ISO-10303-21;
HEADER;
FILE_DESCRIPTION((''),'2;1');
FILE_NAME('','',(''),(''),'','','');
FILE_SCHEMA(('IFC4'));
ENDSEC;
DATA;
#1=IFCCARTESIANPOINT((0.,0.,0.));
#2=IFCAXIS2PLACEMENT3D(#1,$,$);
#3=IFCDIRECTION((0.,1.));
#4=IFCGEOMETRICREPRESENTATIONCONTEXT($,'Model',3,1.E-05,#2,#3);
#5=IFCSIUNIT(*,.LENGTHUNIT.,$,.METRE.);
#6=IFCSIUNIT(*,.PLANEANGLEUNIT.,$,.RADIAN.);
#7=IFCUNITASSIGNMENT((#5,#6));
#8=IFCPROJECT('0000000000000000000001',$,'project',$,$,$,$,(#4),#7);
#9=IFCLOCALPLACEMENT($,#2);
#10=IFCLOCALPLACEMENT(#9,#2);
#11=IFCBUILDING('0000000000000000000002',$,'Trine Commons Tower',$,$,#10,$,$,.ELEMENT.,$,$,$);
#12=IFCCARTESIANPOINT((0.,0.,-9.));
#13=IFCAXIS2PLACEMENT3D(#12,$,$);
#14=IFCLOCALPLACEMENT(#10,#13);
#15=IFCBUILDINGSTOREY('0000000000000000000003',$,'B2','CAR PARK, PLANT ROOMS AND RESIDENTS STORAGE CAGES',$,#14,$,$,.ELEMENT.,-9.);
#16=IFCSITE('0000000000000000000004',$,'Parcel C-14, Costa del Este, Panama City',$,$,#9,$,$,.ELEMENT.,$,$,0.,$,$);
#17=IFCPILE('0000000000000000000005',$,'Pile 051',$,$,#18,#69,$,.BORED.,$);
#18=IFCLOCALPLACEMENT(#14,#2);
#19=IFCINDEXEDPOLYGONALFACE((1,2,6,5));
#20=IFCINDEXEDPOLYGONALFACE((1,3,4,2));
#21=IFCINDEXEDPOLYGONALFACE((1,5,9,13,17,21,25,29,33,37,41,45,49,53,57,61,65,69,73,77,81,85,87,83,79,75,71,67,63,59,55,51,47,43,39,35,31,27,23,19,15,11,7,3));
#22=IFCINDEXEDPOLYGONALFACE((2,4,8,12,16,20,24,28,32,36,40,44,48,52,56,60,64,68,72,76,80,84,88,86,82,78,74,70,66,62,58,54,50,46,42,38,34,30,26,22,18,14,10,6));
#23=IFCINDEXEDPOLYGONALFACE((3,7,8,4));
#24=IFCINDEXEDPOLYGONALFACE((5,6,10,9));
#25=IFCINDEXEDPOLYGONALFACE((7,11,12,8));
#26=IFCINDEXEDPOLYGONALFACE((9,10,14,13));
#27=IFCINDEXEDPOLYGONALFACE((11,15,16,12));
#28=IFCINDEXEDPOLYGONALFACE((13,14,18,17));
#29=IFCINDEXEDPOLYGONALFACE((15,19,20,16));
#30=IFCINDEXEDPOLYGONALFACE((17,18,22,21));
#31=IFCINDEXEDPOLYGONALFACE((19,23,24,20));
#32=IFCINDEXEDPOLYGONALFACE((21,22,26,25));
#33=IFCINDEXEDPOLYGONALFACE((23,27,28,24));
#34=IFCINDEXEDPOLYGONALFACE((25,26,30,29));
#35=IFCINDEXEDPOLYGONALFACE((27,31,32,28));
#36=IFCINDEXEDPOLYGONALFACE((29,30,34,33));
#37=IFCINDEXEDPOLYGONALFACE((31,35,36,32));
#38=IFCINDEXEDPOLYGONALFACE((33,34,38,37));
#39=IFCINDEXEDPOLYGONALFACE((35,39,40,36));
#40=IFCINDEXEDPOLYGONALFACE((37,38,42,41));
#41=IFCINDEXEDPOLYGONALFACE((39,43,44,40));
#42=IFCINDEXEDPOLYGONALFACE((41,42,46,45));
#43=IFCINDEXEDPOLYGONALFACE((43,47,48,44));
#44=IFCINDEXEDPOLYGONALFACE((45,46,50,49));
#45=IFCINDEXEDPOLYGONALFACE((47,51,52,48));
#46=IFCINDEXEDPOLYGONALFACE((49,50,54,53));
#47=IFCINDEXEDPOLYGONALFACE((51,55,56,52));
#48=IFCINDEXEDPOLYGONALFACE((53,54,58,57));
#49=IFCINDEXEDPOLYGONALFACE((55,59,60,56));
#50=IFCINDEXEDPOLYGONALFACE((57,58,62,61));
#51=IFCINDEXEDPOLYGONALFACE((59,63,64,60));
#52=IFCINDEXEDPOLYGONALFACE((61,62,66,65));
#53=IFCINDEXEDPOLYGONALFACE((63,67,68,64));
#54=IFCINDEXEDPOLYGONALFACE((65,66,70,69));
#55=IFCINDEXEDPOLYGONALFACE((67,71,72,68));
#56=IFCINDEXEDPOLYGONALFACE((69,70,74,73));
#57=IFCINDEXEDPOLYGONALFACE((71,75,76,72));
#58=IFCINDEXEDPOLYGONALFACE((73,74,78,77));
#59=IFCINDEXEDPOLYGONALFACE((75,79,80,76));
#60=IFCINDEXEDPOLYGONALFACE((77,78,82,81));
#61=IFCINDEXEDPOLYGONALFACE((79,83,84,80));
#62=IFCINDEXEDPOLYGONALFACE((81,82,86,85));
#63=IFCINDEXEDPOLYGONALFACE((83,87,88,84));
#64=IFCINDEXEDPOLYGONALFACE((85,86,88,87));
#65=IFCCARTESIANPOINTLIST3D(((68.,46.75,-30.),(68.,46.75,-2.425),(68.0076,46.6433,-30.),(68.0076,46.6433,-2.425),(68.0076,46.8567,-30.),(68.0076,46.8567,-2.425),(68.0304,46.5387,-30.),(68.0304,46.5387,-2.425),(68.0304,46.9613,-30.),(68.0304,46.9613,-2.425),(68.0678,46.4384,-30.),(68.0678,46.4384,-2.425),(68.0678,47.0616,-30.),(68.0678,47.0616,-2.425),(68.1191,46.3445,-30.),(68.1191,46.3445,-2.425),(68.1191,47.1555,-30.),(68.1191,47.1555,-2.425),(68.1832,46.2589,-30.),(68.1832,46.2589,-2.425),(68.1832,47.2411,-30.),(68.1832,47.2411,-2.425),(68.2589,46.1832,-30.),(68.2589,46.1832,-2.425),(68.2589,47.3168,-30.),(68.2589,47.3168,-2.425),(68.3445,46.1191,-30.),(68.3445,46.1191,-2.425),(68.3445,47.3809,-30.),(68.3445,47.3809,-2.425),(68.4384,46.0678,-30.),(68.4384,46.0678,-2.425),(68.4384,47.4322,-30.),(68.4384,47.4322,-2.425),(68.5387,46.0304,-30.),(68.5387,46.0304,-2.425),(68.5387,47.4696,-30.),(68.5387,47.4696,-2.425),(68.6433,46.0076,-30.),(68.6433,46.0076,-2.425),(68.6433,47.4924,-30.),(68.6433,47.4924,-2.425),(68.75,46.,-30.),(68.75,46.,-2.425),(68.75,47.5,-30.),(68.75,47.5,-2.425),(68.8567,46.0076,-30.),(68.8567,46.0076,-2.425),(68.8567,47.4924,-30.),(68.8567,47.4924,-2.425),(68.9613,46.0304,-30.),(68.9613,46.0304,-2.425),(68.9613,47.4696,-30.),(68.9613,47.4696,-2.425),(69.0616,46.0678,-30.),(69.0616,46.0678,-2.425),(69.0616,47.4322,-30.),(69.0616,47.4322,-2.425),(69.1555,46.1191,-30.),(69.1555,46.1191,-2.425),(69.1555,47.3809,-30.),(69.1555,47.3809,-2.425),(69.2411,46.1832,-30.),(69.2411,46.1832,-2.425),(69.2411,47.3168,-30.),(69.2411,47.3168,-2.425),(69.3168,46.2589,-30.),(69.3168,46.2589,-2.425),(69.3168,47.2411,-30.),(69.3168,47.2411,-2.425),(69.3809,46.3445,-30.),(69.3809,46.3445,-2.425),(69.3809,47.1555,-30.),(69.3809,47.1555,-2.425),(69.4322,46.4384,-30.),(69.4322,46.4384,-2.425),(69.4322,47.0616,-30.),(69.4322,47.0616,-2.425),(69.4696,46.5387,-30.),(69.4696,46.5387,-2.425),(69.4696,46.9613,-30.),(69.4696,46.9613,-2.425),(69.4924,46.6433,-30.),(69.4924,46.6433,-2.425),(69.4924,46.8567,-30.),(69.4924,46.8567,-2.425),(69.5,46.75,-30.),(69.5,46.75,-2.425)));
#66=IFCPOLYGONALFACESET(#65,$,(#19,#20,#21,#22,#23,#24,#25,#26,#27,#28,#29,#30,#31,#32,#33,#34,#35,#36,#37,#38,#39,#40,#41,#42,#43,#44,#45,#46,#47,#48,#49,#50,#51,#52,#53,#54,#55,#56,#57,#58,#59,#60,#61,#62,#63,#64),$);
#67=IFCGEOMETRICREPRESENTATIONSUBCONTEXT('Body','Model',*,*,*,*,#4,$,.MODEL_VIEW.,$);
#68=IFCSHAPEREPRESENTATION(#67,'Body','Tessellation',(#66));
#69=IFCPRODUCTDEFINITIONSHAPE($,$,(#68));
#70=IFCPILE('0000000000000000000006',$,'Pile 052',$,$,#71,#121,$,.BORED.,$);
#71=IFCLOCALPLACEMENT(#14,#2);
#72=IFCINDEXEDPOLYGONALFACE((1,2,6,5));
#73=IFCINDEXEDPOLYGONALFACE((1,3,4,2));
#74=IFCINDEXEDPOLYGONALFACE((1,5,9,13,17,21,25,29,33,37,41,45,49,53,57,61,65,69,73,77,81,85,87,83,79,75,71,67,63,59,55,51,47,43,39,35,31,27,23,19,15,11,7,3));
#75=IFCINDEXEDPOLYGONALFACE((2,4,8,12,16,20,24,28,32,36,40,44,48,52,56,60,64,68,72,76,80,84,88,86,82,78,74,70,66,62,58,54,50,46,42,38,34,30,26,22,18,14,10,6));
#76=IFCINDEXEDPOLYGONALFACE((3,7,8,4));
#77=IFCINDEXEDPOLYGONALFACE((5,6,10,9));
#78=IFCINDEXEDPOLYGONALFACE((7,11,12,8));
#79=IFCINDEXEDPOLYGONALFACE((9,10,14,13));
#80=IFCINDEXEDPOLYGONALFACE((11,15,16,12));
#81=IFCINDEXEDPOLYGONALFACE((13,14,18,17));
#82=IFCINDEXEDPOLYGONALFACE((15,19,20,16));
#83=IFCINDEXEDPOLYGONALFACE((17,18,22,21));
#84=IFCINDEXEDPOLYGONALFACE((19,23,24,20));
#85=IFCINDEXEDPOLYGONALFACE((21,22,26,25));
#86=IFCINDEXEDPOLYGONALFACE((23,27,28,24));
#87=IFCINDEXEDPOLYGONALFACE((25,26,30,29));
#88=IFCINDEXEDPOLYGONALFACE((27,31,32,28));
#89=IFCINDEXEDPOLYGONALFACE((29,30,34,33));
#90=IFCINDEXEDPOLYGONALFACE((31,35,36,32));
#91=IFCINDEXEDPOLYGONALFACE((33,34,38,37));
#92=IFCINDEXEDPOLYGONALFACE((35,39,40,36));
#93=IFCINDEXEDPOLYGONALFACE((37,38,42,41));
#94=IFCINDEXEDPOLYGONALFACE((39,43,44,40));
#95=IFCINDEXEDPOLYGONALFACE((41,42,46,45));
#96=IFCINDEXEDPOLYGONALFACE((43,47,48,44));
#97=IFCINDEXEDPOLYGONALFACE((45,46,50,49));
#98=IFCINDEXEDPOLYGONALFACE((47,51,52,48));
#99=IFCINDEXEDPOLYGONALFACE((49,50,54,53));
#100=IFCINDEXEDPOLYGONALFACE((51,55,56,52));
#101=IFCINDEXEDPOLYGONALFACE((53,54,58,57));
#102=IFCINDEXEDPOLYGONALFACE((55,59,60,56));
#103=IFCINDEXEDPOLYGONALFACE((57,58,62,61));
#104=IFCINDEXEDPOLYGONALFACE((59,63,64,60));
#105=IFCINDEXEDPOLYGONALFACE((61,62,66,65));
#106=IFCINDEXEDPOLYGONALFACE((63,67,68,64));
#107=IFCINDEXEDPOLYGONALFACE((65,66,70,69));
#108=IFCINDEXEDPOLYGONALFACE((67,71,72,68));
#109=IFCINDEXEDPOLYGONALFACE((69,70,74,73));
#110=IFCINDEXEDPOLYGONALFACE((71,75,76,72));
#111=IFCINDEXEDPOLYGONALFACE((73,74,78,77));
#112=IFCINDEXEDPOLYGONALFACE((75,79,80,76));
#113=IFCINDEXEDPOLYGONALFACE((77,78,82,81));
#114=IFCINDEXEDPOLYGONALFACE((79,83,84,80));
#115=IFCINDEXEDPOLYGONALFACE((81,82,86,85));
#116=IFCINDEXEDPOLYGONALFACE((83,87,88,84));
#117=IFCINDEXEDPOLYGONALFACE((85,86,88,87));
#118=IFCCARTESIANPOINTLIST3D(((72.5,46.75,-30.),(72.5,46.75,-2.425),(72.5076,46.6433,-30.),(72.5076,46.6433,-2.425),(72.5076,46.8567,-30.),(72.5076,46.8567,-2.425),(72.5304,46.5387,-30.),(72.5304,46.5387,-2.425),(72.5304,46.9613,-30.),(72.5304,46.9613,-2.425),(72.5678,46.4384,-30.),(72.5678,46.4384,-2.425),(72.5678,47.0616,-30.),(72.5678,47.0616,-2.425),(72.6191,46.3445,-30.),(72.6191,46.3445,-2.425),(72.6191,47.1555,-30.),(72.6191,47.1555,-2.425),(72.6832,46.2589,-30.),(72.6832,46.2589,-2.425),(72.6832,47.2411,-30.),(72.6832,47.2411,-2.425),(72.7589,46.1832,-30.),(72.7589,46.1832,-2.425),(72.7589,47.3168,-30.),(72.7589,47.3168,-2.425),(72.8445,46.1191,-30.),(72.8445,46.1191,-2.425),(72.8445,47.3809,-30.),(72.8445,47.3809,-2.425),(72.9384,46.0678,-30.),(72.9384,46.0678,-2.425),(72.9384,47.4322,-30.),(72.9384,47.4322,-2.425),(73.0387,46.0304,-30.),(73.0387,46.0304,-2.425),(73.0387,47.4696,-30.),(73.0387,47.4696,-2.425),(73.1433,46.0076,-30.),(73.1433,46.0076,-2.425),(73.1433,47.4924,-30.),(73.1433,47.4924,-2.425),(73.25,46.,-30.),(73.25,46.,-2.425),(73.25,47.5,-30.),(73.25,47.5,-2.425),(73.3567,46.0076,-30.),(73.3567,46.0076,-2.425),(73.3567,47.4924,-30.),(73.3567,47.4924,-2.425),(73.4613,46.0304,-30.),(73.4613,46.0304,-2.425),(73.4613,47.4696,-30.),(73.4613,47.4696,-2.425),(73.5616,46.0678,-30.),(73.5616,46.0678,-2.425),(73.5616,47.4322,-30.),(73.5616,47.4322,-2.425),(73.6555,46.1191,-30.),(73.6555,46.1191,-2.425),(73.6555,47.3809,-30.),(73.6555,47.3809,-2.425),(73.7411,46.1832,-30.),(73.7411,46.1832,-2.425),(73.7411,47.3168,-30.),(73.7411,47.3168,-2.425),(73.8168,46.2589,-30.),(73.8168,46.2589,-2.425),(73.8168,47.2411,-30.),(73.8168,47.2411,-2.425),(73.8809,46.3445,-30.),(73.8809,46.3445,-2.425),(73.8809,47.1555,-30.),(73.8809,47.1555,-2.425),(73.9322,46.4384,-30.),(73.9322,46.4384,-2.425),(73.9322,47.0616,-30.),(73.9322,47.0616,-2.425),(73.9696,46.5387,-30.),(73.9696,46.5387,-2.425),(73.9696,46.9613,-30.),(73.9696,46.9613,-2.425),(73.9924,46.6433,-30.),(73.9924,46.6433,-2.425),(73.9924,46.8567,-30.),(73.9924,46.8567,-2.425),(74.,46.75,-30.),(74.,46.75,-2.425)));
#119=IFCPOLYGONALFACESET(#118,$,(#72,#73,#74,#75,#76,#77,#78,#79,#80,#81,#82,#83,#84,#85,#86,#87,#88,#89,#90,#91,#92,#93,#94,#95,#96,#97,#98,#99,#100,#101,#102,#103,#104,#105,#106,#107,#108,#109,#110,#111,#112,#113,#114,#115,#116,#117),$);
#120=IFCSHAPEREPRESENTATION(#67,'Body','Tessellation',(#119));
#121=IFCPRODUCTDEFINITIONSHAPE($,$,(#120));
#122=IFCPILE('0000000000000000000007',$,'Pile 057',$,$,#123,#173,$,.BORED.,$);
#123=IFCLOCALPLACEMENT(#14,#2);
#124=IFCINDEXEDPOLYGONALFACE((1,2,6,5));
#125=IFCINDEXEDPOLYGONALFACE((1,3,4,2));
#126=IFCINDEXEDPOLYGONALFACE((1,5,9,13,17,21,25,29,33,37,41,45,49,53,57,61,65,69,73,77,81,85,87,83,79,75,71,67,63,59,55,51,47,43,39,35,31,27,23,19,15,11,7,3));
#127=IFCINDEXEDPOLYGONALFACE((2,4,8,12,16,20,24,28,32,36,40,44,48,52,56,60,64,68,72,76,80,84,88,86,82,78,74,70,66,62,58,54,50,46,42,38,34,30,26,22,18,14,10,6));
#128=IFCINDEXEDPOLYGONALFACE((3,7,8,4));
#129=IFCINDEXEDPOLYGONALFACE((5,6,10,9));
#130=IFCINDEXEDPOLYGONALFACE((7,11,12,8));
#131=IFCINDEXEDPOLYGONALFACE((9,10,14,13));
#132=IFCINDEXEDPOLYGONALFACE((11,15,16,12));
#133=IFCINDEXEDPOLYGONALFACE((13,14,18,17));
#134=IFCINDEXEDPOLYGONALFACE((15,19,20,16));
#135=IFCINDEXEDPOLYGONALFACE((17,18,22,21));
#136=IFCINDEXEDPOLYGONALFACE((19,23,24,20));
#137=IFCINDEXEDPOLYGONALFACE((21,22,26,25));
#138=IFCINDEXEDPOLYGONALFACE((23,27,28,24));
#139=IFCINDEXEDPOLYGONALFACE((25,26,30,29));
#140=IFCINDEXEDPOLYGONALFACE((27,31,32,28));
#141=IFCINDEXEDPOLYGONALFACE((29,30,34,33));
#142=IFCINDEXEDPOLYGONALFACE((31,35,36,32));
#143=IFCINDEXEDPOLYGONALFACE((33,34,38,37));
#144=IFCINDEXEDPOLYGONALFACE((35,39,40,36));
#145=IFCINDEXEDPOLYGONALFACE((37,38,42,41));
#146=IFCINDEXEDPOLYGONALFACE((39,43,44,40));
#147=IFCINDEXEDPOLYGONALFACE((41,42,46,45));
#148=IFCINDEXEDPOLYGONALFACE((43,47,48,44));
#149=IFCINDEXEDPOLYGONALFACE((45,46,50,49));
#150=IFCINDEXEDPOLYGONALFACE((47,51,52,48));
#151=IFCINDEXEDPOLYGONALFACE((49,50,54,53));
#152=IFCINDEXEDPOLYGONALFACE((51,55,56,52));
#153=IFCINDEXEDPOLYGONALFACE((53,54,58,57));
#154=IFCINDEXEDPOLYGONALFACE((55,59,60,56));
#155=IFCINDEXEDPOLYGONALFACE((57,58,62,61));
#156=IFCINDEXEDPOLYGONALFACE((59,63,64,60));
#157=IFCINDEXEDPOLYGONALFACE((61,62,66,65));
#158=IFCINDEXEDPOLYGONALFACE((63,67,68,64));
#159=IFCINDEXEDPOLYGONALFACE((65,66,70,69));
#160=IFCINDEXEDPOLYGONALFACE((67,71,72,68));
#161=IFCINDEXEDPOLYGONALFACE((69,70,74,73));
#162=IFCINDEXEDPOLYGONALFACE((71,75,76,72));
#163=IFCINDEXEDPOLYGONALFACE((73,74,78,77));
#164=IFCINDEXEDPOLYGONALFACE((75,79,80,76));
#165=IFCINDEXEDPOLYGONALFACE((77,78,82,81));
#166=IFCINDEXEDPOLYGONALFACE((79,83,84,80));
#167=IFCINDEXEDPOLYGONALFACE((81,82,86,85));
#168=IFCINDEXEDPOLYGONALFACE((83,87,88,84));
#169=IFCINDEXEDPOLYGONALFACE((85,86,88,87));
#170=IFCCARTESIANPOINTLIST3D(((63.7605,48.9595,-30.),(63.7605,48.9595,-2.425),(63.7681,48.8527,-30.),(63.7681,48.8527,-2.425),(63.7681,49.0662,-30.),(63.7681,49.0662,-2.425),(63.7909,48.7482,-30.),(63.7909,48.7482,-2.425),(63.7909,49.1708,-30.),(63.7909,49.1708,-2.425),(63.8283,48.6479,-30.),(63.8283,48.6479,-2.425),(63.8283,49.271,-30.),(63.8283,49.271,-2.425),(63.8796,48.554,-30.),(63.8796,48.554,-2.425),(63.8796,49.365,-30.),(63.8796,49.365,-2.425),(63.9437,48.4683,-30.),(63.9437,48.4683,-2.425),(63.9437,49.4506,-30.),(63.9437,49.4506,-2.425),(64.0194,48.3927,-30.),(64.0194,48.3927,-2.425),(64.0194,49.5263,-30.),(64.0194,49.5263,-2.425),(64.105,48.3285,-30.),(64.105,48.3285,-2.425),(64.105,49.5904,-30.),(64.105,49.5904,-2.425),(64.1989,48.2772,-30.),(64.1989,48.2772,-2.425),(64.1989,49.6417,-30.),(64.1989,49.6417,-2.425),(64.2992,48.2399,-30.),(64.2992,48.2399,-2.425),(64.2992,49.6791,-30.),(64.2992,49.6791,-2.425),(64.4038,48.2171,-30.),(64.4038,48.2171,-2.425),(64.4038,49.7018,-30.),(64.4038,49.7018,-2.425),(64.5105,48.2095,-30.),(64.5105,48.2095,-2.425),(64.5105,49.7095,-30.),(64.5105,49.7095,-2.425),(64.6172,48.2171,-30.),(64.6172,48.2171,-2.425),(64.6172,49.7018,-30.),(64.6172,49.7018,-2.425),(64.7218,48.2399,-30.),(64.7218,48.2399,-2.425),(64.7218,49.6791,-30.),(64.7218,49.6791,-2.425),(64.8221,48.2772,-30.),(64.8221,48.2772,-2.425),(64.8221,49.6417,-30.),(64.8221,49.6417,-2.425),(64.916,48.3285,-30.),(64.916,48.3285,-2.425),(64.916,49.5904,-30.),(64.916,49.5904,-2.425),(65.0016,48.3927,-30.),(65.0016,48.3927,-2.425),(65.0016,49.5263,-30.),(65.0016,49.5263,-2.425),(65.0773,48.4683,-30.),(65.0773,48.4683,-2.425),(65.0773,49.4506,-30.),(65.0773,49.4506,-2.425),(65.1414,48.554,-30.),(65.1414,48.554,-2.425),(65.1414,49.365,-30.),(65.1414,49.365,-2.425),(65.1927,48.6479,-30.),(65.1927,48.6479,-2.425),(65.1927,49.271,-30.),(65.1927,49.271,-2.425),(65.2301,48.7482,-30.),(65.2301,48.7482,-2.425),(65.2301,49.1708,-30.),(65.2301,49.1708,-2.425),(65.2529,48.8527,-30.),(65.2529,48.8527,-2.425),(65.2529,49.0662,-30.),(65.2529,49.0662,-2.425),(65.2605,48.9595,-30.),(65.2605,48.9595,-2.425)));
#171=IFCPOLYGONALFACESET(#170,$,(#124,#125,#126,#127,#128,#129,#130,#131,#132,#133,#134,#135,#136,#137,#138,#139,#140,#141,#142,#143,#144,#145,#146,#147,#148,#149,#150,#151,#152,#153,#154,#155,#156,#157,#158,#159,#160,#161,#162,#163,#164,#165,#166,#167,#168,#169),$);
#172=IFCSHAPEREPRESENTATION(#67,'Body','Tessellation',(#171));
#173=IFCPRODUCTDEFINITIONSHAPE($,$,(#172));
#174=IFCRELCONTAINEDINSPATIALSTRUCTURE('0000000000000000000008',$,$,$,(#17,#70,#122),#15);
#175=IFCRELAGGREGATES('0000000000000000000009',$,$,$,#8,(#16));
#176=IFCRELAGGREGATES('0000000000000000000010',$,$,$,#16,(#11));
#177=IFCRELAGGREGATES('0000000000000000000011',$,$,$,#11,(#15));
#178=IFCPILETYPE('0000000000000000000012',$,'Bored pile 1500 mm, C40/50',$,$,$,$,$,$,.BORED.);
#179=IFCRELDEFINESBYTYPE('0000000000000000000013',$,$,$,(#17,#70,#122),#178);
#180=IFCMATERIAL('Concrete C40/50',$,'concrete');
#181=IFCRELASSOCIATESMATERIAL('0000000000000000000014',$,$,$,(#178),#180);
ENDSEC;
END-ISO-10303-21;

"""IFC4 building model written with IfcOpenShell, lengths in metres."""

from ifc_helpers import new_model, si_unit, direction, frame, origin, origin_2d, place, context, subcontext, project, spatial, circle, extrude, material, type_object, element, save


model = new_model("IFC4")

# Units and contexts
model_context = context("Model", 3, precision=1e-05, world=origin(), true_north=direction((0.0, 1.0)))
body_context = subcontext(model_context, "Body", "Model", "MODEL_VIEW")
ifc_project = project(units=[si_unit("LENGTHUNIT", "METRE"), si_unit("PLANEANGLEUNIT", "RADIAN")], contexts=[model_context])

# Site, building, storey
site_placement = place(None, origin())
site = spatial("IfcSite", under=ifc_project, at=site_placement, Name="Parcel C-14, Costa del Este, Panama City", CompositionType="ELEMENT", RefElevation=0.0)
building_placement = place(site_placement, origin())
building = spatial("IfcBuilding", under=site, at=building_placement, Name="Trine Commons Tower", CompositionType="ELEMENT")
storey_placement = place(building_placement, frame((0.0, 0.0, -9.0)))
storey = spatial("IfcBuildingStorey", under=building, at=storey_placement, Name="B2", Description="CAR PARK, PLANT ROOMS AND RESIDENTS STORAGE CAGES", CompositionType="ELEMENT", Elevation=-9.0)

# Piles
ifc_material_1 = material(Name="Concrete C40/50", Category="concrete")
pile_type_1 = type_object("IfcPileType", Name="Bored pile 1500 mm, C40/50", PredefinedType="BORED", material=ifc_material_1)
for number, where, z_axis, x_axis, name in (
    (1, (68.75, 46.75, -2.425), (0.0, 0.0, -1.0), (1.0, 0.0, 0.0), "Pile 051"),
    (2, (73.25, 46.75, -2.425), (0.0, 0.0, -1.0), (1.0, 0.0, 0.0), "Pile 052"),
    (3, (64.5105, 48.9595, -2.425), (0.0, 0.0, -1.0), (1.0, 0.0, 0.0), "Pile 057"),
):
    element("IfcPile", number, at=place(storey_placement, frame(where, z_axis=z_axis, x_axis=x_axis)), inside=storey, type_object=pile_type_1, Name=name, PredefinedType="BORED", context=body_context, shape_type="SweptSolid", body=[
        extrude(circle(Radius=0.75, at=origin_2d()), origin(), (0.0, 0.0, 1.0), 27.575),
    ])

save(model, "model.ifc")
